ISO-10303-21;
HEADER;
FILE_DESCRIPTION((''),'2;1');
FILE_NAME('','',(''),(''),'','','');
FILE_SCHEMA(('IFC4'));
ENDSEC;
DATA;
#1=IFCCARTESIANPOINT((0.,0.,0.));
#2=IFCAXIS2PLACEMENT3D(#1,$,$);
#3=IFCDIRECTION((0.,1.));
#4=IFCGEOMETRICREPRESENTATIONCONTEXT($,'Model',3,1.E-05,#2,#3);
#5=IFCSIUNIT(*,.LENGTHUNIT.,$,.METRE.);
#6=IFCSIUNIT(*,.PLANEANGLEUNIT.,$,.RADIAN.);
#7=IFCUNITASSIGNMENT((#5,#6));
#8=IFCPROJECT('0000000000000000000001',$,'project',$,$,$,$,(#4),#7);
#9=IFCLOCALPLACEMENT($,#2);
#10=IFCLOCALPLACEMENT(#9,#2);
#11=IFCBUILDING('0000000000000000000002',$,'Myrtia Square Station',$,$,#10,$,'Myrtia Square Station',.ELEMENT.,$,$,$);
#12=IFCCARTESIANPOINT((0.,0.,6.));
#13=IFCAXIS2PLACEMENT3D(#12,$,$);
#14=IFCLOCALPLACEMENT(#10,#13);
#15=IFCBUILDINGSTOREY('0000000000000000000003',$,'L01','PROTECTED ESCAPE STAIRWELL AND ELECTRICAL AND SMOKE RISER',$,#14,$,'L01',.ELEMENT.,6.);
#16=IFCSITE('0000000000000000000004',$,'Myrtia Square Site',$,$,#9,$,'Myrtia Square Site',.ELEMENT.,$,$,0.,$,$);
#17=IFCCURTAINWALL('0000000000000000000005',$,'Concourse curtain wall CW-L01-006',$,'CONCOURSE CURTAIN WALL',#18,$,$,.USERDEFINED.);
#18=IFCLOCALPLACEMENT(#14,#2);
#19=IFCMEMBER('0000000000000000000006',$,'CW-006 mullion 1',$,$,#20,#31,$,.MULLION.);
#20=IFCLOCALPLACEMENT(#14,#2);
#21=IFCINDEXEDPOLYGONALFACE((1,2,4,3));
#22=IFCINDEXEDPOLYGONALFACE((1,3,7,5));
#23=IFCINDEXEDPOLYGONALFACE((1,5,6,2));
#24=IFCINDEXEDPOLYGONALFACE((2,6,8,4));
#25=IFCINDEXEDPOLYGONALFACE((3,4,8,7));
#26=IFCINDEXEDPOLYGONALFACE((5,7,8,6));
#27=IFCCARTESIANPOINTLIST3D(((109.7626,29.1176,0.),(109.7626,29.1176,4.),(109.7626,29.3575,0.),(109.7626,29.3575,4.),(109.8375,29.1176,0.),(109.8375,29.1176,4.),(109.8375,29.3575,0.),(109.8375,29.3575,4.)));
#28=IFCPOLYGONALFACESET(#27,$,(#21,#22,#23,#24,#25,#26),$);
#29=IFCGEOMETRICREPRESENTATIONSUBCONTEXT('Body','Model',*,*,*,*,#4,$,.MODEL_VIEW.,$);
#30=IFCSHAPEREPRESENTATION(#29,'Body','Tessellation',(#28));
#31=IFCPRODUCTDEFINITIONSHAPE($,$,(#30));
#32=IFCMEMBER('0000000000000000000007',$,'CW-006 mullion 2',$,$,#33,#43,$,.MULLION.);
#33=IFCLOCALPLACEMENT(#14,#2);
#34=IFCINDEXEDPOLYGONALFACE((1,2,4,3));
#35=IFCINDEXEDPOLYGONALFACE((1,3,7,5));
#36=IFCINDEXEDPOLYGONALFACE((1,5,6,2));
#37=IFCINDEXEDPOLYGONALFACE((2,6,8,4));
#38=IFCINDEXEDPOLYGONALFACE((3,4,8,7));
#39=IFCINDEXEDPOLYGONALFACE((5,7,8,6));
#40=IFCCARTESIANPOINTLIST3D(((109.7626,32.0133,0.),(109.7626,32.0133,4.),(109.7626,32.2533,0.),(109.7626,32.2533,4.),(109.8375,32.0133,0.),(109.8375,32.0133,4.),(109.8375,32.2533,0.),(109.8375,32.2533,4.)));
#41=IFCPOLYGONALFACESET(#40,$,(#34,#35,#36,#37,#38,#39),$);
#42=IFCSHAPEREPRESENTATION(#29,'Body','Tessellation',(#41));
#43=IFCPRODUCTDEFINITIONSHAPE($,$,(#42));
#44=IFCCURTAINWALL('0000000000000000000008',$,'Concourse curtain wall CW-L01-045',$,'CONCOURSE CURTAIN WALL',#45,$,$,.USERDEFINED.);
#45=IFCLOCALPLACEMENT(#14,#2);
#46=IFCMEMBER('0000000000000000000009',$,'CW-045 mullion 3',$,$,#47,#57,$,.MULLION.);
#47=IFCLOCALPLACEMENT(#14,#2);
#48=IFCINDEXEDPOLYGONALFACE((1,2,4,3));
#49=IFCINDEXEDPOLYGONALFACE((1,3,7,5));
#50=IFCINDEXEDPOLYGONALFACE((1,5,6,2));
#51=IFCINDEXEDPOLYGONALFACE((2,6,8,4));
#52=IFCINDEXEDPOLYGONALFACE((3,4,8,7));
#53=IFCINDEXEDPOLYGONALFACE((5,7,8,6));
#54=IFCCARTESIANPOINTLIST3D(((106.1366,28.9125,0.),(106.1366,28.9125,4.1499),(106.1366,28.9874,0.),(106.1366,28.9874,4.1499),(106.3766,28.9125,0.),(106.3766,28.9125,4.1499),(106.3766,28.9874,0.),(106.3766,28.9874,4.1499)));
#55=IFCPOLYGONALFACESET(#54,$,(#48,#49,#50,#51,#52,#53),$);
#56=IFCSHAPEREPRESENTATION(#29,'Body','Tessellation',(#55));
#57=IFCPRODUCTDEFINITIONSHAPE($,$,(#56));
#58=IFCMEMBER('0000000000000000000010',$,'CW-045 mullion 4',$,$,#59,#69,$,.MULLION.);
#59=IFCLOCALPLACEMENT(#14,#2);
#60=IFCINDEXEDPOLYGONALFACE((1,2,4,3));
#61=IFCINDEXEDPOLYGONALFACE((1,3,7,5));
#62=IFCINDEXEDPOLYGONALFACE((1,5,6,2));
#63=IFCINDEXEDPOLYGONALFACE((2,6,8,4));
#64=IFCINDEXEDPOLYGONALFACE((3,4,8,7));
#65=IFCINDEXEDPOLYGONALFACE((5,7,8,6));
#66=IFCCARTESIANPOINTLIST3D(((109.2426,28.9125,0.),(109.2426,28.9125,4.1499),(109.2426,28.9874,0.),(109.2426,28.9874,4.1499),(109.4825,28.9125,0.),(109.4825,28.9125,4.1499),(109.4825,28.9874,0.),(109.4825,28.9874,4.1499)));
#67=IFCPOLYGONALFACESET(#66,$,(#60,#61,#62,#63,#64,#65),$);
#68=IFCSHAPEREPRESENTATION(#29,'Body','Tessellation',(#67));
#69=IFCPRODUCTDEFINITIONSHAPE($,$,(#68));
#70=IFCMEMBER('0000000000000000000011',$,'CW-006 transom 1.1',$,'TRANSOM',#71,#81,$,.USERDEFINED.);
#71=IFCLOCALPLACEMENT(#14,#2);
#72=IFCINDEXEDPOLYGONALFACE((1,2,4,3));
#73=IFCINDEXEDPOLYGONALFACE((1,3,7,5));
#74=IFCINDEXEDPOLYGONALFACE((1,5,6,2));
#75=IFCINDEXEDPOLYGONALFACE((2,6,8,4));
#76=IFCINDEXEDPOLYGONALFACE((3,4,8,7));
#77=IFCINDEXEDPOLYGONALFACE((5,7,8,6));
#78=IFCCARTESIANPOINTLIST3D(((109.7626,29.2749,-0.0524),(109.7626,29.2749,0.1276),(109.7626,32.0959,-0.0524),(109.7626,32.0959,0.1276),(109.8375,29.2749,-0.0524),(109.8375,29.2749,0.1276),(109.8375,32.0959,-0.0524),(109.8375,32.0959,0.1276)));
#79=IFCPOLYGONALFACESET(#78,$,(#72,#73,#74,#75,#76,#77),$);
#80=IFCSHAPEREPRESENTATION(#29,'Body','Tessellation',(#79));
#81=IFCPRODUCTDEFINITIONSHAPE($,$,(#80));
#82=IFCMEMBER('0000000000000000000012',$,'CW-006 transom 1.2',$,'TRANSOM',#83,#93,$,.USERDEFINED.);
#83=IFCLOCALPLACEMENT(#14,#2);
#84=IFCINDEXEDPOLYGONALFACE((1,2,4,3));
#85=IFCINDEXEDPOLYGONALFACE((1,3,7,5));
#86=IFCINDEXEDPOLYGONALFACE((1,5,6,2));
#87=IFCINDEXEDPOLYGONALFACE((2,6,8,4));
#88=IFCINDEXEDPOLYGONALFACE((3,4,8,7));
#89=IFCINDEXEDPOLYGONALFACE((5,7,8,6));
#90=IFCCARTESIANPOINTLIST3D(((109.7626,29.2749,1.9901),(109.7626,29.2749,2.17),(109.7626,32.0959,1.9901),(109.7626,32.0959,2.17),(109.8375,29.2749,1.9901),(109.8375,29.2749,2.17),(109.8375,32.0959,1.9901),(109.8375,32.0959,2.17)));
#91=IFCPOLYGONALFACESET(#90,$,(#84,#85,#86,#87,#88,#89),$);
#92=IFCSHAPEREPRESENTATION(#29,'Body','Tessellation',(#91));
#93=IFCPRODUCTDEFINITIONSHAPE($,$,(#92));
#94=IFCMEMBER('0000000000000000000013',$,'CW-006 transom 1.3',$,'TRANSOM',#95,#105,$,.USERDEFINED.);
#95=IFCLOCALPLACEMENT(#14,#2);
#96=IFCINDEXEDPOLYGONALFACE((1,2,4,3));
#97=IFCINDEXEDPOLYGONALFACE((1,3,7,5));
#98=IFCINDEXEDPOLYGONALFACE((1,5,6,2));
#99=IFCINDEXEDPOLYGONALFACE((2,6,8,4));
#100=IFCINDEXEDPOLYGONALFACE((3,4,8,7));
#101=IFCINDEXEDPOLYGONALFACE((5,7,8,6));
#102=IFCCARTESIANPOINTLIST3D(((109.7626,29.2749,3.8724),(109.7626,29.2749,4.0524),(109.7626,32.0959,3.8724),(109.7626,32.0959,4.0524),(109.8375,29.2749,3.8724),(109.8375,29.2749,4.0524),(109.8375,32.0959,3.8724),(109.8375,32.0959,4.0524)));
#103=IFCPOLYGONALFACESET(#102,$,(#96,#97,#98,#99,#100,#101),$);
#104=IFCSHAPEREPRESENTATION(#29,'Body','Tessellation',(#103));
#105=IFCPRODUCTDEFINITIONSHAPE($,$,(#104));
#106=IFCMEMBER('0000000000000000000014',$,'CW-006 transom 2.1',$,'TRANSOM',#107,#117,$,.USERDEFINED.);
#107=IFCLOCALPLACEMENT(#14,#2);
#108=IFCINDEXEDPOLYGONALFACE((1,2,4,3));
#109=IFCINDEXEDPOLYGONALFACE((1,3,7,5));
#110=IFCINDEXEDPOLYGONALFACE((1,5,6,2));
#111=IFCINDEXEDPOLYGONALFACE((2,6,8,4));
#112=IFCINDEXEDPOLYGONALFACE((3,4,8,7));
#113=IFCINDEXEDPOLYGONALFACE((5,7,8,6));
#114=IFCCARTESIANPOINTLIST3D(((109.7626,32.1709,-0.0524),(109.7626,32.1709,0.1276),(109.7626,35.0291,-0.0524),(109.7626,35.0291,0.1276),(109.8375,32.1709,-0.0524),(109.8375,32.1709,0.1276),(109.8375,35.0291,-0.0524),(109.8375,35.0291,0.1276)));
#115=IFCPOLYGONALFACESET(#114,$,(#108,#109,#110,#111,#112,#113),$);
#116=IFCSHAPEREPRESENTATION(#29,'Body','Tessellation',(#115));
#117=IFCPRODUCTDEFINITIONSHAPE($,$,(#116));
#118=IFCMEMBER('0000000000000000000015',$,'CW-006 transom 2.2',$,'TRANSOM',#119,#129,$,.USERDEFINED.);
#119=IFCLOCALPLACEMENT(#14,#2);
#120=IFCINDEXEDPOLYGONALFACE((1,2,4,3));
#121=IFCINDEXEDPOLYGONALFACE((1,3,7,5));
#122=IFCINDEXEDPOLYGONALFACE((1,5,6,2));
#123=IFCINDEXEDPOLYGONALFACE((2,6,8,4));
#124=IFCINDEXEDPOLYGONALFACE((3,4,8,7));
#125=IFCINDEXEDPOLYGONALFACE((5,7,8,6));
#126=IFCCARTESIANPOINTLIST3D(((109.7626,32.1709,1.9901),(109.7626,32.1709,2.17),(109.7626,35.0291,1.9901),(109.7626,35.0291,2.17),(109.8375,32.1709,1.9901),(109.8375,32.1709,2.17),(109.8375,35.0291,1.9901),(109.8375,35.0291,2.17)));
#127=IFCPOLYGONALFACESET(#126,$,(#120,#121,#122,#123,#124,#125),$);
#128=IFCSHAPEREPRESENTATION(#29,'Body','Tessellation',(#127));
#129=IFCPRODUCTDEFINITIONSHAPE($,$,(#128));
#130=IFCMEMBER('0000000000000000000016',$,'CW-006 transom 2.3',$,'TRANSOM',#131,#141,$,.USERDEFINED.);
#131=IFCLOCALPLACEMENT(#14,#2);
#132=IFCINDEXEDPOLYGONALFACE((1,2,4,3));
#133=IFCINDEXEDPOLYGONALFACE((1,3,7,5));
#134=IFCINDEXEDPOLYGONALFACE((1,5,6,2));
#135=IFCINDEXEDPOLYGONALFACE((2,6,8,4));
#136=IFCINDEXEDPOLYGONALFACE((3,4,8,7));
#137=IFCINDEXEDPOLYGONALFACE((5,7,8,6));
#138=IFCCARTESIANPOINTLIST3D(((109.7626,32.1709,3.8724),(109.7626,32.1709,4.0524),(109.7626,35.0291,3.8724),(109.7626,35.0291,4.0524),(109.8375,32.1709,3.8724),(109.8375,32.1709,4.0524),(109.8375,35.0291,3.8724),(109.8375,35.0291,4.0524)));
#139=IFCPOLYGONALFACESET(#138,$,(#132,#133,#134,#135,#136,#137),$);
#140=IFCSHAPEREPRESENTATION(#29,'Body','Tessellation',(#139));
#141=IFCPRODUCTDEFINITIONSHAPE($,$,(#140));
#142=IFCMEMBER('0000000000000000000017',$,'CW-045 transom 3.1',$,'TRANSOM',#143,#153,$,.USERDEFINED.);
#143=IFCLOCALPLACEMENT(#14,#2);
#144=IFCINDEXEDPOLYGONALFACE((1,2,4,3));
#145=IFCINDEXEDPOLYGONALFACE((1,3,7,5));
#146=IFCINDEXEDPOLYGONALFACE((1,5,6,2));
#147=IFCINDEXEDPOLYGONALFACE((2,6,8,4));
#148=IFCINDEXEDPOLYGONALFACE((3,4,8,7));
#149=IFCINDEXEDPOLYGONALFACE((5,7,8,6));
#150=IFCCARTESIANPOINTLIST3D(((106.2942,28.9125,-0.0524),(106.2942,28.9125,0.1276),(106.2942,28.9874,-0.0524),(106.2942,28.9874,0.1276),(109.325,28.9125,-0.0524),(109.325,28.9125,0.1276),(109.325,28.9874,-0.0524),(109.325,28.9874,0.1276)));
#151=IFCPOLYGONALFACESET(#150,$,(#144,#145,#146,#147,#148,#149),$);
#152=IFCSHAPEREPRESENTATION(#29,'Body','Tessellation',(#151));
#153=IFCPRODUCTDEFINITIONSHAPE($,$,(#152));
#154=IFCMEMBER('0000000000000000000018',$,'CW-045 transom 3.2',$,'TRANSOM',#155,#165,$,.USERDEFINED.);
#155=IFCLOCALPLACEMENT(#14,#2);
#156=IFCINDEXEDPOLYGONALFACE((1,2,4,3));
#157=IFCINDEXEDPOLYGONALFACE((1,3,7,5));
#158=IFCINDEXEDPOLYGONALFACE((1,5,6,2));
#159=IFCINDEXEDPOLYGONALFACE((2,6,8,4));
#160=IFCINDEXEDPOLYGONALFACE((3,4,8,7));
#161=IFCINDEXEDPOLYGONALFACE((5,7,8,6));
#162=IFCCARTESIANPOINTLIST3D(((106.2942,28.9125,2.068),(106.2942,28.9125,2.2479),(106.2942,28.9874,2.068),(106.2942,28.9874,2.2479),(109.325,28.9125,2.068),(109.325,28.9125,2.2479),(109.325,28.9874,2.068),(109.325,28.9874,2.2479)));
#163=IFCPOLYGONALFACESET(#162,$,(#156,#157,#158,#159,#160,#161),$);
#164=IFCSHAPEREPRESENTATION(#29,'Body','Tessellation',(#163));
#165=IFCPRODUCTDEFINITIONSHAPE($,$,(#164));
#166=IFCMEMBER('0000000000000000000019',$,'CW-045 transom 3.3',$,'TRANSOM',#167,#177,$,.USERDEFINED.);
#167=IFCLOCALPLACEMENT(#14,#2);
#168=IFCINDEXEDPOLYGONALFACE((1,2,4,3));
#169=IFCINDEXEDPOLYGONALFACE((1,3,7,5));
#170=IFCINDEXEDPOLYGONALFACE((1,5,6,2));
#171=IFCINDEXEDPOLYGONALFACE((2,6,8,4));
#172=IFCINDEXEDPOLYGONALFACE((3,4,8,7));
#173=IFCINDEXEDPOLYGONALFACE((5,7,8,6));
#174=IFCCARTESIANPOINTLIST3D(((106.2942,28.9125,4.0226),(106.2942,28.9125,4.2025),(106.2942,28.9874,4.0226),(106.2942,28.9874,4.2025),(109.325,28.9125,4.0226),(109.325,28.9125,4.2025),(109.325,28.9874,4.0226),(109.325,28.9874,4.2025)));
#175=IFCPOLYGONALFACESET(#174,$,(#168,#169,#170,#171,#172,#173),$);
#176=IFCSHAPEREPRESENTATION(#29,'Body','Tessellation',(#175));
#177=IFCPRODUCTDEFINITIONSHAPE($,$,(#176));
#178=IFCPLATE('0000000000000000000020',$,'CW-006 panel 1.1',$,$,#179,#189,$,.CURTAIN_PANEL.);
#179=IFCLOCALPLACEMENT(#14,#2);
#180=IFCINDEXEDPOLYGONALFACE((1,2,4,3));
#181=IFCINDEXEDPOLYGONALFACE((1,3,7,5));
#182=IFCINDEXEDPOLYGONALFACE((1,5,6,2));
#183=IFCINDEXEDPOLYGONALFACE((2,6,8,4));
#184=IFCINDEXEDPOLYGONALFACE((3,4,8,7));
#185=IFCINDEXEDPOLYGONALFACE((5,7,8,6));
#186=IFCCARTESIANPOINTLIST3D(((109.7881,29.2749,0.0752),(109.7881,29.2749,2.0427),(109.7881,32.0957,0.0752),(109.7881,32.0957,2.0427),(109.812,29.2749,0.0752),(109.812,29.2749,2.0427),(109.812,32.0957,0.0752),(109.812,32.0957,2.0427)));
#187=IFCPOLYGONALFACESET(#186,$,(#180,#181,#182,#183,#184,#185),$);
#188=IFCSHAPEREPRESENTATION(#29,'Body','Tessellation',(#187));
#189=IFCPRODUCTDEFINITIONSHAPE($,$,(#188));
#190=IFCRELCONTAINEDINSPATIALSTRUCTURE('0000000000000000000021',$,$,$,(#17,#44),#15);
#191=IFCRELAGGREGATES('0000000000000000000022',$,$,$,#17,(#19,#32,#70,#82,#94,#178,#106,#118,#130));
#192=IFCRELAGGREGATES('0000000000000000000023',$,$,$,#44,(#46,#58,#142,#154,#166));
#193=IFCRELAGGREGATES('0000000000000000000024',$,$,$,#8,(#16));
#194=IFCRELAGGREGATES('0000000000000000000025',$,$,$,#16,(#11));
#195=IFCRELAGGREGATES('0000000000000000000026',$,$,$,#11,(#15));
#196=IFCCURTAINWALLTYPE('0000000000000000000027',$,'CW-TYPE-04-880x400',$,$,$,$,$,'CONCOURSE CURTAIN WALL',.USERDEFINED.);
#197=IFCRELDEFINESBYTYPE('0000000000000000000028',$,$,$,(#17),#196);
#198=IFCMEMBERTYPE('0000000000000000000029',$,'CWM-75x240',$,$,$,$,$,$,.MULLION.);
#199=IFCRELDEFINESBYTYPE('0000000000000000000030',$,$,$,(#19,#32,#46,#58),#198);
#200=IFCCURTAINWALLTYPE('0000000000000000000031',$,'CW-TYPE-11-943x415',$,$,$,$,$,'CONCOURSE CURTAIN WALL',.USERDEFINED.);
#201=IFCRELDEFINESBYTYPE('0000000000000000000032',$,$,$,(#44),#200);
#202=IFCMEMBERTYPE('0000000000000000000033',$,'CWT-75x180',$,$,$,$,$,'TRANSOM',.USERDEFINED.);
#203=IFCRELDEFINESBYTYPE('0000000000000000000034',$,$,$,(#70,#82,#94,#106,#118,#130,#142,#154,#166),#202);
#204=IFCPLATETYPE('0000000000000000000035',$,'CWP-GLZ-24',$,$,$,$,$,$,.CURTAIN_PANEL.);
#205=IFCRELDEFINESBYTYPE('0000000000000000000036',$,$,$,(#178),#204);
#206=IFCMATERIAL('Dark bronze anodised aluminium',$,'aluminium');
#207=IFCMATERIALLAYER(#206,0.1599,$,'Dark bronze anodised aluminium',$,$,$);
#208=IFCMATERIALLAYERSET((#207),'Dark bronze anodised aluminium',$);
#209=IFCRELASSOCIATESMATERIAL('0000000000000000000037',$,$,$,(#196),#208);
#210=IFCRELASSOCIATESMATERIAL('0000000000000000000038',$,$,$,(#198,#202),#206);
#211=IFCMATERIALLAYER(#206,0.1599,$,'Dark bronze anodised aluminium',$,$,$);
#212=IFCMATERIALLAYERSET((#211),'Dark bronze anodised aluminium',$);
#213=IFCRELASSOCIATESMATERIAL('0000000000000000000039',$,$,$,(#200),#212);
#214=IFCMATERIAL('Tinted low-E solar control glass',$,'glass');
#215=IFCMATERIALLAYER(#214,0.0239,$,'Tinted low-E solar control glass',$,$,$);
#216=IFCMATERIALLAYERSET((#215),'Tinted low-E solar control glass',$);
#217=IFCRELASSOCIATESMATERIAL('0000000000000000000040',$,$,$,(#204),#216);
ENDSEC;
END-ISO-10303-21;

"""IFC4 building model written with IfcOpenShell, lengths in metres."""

from ifc_helpers import new_model, si_unit, direction, frame, origin, origin_2d, place, context, subcontext, project, spatial, rectangle, extrude, material, layer, layer_set, material_profile, profile_set, type_object, element, aggregate, save


model = new_model("IFC4")

# Units and contexts
model_context = context("Model", 3, precision=1e-05, world=origin(), true_north=direction((0.0, 1.0)))
body_context = subcontext(model_context, "Body", "Model", "MODEL_VIEW")
ifc_project = project(units=[si_unit("LENGTHUNIT", "METRE"), si_unit("PLANEANGLEUNIT", "RADIAN")], contexts=[model_context])

# Site, building, storey
site_placement = place(None, origin())
site = spatial("IfcSite", under=ifc_project, at=site_placement, Name="Myrtia Square Site", LongName="Myrtia Square Site", CompositionType="ELEMENT", RefElevation=0.0)
building_placement = place(site_placement, origin())
building = spatial("IfcBuilding", under=site, at=building_placement, Name="Myrtia Square Station", LongName="Myrtia Square Station", CompositionType="ELEMENT")
storey_placement = place(building_placement, frame((0.0, 0.0, 6.0)))
storey = spatial("IfcBuildingStorey", under=building, at=storey_placement, Name="L01", Description="PROTECTED ESCAPE STAIRWELL AND ELECTRICAL AND SMOKE RISER", LongName="L01", CompositionType="ELEMENT", Elevation=6.0)

# Curtain walls, members
ifc_material_1 = material(Name="Dark bronze anodised aluminium", Category="aluminium")
ifc_layer_1 = layer(ifc_material_1, 0.1599, Name="Dark bronze anodised aluminium")
ifc_layer_set_1 = layer_set([ifc_layer_1], Name="Dark bronze anodised aluminium")
curtain_wall_type_1 = type_object("IfcCurtainWallType", Name="CW-TYPE-04-880x400", ElementType="CONCOURSE CURTAIN WALL", PredefinedType="USERDEFINED", material=ifc_layer_set_1)
curtain_wall_1_placement = place(storey_placement, origin())
curtain_wall_1 = element("IfcCurtainWall", 1, at=curtain_wall_1_placement, inside=storey, type_object=curtain_wall_type_1, Name="Concourse curtain wall CW-L01-006", ObjectType="CONCOURSE CURTAIN WALL", PredefinedType="USERDEFINED")
ifc_material_profile_1 = material_profile(ifc_material_1, rectangle(XDim=0.075, YDim=0.24, at=origin_2d()), Name="ALU-M 75x240")
ifc_profile_set_1 = profile_set([ifc_material_profile_1], Name="Dark bronze anodised aluminium")
member_type_1 = type_object("IfcMemberType", Name="CWM-75x240", PredefinedType="MULLION", material=ifc_profile_set_1)
member_1_placement = place(storey_placement, frame((109.8, 29.2375, 0.0), z_axis=(0.0, 0.0, 1.0), x_axis=(-1.0, 0.0, 0.0)))
member_1 = element("IfcMember", 2, at=member_1_placement, type_object=member_type_1, Name="CW-006 mullion 1", PredefinedType="MULLION", context=body_context, shape_type="SweptSolid", body=[
    extrude(rectangle(XDim=0.075, YDim=0.24, at=origin_2d()), origin(), (0.0, 0.0, 1.0), 4.0),
])
member_2_placement = place(storey_placement, frame((109.8, 32.1333, 0.0), z_axis=(0.0, 0.0, 1.0), x_axis=(-1.0, 0.0, 0.0)))
member_2 = element("IfcMember", 3, at=member_2_placement, type_object=member_type_1, Name="CW-006 mullion 2", PredefinedType="MULLION", context=body_context, shape_type="SweptSolid", body=[
    extrude(rectangle(XDim=0.075, YDim=0.24, at=origin_2d()), origin(), (0.0, 0.0, 1.0), 4.0),
])
ifc_layer_2 = layer(ifc_material_1, 0.1599, Name="Dark bronze anodised aluminium")
ifc_layer_set_2 = layer_set([ifc_layer_2], Name="Dark bronze anodised aluminium")
curtain_wall_type_2 = type_object("IfcCurtainWallType", Name="CW-TYPE-11-943x415", ElementType="CONCOURSE CURTAIN WALL", PredefinedType="USERDEFINED", material=ifc_layer_set_2)
curtain_wall_2_placement = place(storey_placement, origin())
curtain_wall_2 = element("IfcCurtainWall", 4, at=curtain_wall_2_placement, inside=storey, type_object=curtain_wall_type_2, Name="Concourse curtain wall CW-L01-045", ObjectType="CONCOURSE CURTAIN WALL", PredefinedType="USERDEFINED")
member_3_placement = place(storey_placement, frame((106.2566, 28.95, 0.0), z_axis=(0.0, 0.0, 1.0), x_axis=(0.0, 1.0, 0.0)))
member_3 = element("IfcMember", 5, at=member_3_placement, type_object=member_type_1, Name="CW-045 mullion 3", PredefinedType="MULLION", context=body_context, shape_type="SweptSolid", body=[
    extrude(rectangle(XDim=0.075, YDim=0.24, at=origin_2d()), origin(), (0.0, 0.0, 1.0), 4.1499),
])
member_4_placement = place(storey_placement, frame((109.3625, 28.95, 0.0), z_axis=(0.0, 0.0, 1.0), x_axis=(0.0, 1.0, 0.0)))
member_4 = element("IfcMember", 6, at=member_4_placement, type_object=member_type_1, Name="CW-045 mullion 4", PredefinedType="MULLION", context=body_context, shape_type="SweptSolid", body=[
    extrude(rectangle(XDim=0.075, YDim=0.24, at=origin_2d()), origin(), (0.0, 0.0, 1.0), 4.1499),
])

# Members
ifc_material_profile_2 = material_profile(ifc_material_1, rectangle(XDim=0.075, YDim=0.1799, at=origin_2d()), Name="ALU-T 75x180")
ifc_profile_set_2 = profile_set([ifc_material_profile_2], Name="Dark bronze anodised aluminium")
member_type_2 = type_object("IfcMemberType", Name="CWT-75x180", ElementType="TRANSOM", PredefinedType="USERDEFINED", material=ifc_profile_set_2)
member_5_placement = place(storey_placement, frame((109.8, 29.2749, 0.0376), z_axis=(0.0, 1.0, 0.0), x_axis=(-1.0, 0.0, 0.0)))
member_5 = element("IfcMember", 7, at=member_5_placement, type_object=member_type_2, Name="CW-006 transom 1.1", ObjectType="TRANSOM", PredefinedType="USERDEFINED", context=body_context, shape_type="SweptSolid", body=[
    extrude(rectangle(XDim=0.075, YDim=0.1799, at=origin_2d()), origin(), (0.0, 0.0, 1.0), 2.821),
])
member_6_placement = place(storey_placement, frame((109.8, 29.2749, 2.0801), z_axis=(0.0, 1.0, 0.0), x_axis=(-1.0, 0.0, 0.0)))
member_6 = element("IfcMember", 8, at=member_6_placement, type_object=member_type_2, Name="CW-006 transom 1.2", ObjectType="TRANSOM", PredefinedType="USERDEFINED", context=body_context, shape_type="SweptSolid", body=[
    extrude(rectangle(XDim=0.075, YDim=0.1799, at=origin_2d()), origin(), (0.0, 0.0, 1.0), 2.821),
])
member_7_placement = place(storey_placement, frame((109.8, 29.2749, 3.9624), z_axis=(0.0, 1.0, 0.0), x_axis=(-1.0, 0.0, 0.0)))
member_7 = element("IfcMember", 9, at=member_7_placement, type_object=member_type_2, Name="CW-006 transom 1.3", ObjectType="TRANSOM", PredefinedType="USERDEFINED", context=body_context, shape_type="SweptSolid", body=[
    extrude(rectangle(XDim=0.075, YDim=0.1799, at=origin_2d()), origin(), (0.0, 0.0, 1.0), 2.821),
])
member_8_placement = place(storey_placement, frame((109.8, 32.1709, 0.0376), z_axis=(0.0, 1.0, 0.0), x_axis=(-1.0, 0.0, 0.0)))
member_8 = element("IfcMember", 10, at=member_8_placement, type_object=member_type_2, Name="CW-006 transom 2.1", ObjectType="TRANSOM", PredefinedType="USERDEFINED", context=body_context, shape_type="SweptSolid", body=[
    extrude(rectangle(XDim=0.075, YDim=0.1799, at=origin_2d()), origin(), (0.0, 0.0, 1.0), 2.8582),
])
member_9_placement = place(storey_placement, frame((109.8, 32.1709, 2.0801), z_axis=(0.0, 1.0, 0.0), x_axis=(-1.0, 0.0, 0.0)))
member_9 = element("IfcMember", 11, at=member_9_placement, type_object=member_type_2, Name="CW-006 transom 2.2", ObjectType="TRANSOM", PredefinedType="USERDEFINED", context=body_context, shape_type="SweptSolid", body=[
    extrude(rectangle(XDim=0.075, YDim=0.1799, at=origin_2d()), origin(), (0.0, 0.0, 1.0), 2.8582),
])
member_10_placement = place(storey_placement, frame((109.8, 32.1709, 3.9624), z_axis=(0.0, 1.0, 0.0), x_axis=(-1.0, 0.0, 0.0)))
member_10 = element("IfcMember", 12, at=member_10_placement, type_object=member_type_2, Name="CW-006 transom 2.3", ObjectType="TRANSOM", PredefinedType="USERDEFINED", context=body_context, shape_type="SweptSolid", body=[
    extrude(rectangle(XDim=0.075, YDim=0.1799, at=origin_2d()), origin(), (0.0, 0.0, 1.0), 2.8582),
])
member_11_placement = place(storey_placement, frame((106.2942, 28.95, 0.0376), z_axis=(1.0, 0.0, 0.0), x_axis=(0.0, 1.0, 0.0)))
member_11 = element("IfcMember", 13, at=member_11_placement, type_object=member_type_2, Name="CW-045 transom 3.1", ObjectType="TRANSOM", PredefinedType="USERDEFINED", context=body_context, shape_type="SweptSolid", body=[
    extrude(rectangle(XDim=0.075, YDim=0.1799, at=origin_2d()), origin(), (0.0, 0.0, 1.0), 3.0308),
])
member_12_placement = place(storey_placement, frame((106.2942, 28.95, 2.158), z_axis=(1.0, 0.0, 0.0), x_axis=(0.0, 1.0, 0.0)))
member_12 = element("IfcMember", 14, at=member_12_placement, type_object=member_type_2, Name="CW-045 transom 3.2", ObjectType="TRANSOM", PredefinedType="USERDEFINED", context=body_context, shape_type="SweptSolid", body=[
    extrude(rectangle(XDim=0.075, YDim=0.1799, at=origin_2d()), origin(), (0.0, 0.0, 1.0), 3.0308),
])
member_13_placement = place(storey_placement, frame((106.2942, 28.95, 4.1125), z_axis=(1.0, 0.0, 0.0), x_axis=(0.0, 1.0, 0.0)))
member_13 = element("IfcMember", 15, at=member_13_placement, type_object=member_type_2, Name="CW-045 transom 3.3", ObjectType="TRANSOM", PredefinedType="USERDEFINED", context=body_context, shape_type="SweptSolid", body=[
    extrude(rectangle(XDim=0.075, YDim=0.1799, at=origin_2d()), origin(), (0.0, 0.0, 1.0), 3.0308),
])

# Plate
ifc_material_2 = material(Name="Tinted low-E solar control glass", Category="glass")
ifc_layer_3 = layer(ifc_material_2, 0.0239, Name="Tinted low-E solar control glass")
ifc_layer_set_3 = layer_set([ifc_layer_3], Name="Tinted low-E solar control glass")
plate_type_1 = type_object("IfcPlateType", Name="CWP-GLZ-24", PredefinedType="CURTAIN_PANEL", material=ifc_layer_set_3)
plate_1_placement = place(storey_placement, frame((109.8, 30.6853, 0.0752), z_axis=(0.0, 0.0, 1.0), x_axis=(0.0, 1.0, 0.0)))
plate_1 = element("IfcPlate", 16, at=plate_1_placement, type_object=plate_type_1, Name="CW-006 panel 1.1", PredefinedType="CURTAIN_PANEL", context=body_context, shape_type="SweptSolid", body=[
    extrude(rectangle(XDim=2.8208, YDim=0.0239, at=origin_2d()), origin(), (0.0, 0.0, 1.0), 1.9675),
])
aggregate(curtain_wall_1, [member_1, member_2, member_5, member_6, member_7, plate_1, member_8, member_9, member_10])
aggregate(curtain_wall_2, [member_3, member_4, member_11, member_12, member_13])

save(model, "model.ifc")
